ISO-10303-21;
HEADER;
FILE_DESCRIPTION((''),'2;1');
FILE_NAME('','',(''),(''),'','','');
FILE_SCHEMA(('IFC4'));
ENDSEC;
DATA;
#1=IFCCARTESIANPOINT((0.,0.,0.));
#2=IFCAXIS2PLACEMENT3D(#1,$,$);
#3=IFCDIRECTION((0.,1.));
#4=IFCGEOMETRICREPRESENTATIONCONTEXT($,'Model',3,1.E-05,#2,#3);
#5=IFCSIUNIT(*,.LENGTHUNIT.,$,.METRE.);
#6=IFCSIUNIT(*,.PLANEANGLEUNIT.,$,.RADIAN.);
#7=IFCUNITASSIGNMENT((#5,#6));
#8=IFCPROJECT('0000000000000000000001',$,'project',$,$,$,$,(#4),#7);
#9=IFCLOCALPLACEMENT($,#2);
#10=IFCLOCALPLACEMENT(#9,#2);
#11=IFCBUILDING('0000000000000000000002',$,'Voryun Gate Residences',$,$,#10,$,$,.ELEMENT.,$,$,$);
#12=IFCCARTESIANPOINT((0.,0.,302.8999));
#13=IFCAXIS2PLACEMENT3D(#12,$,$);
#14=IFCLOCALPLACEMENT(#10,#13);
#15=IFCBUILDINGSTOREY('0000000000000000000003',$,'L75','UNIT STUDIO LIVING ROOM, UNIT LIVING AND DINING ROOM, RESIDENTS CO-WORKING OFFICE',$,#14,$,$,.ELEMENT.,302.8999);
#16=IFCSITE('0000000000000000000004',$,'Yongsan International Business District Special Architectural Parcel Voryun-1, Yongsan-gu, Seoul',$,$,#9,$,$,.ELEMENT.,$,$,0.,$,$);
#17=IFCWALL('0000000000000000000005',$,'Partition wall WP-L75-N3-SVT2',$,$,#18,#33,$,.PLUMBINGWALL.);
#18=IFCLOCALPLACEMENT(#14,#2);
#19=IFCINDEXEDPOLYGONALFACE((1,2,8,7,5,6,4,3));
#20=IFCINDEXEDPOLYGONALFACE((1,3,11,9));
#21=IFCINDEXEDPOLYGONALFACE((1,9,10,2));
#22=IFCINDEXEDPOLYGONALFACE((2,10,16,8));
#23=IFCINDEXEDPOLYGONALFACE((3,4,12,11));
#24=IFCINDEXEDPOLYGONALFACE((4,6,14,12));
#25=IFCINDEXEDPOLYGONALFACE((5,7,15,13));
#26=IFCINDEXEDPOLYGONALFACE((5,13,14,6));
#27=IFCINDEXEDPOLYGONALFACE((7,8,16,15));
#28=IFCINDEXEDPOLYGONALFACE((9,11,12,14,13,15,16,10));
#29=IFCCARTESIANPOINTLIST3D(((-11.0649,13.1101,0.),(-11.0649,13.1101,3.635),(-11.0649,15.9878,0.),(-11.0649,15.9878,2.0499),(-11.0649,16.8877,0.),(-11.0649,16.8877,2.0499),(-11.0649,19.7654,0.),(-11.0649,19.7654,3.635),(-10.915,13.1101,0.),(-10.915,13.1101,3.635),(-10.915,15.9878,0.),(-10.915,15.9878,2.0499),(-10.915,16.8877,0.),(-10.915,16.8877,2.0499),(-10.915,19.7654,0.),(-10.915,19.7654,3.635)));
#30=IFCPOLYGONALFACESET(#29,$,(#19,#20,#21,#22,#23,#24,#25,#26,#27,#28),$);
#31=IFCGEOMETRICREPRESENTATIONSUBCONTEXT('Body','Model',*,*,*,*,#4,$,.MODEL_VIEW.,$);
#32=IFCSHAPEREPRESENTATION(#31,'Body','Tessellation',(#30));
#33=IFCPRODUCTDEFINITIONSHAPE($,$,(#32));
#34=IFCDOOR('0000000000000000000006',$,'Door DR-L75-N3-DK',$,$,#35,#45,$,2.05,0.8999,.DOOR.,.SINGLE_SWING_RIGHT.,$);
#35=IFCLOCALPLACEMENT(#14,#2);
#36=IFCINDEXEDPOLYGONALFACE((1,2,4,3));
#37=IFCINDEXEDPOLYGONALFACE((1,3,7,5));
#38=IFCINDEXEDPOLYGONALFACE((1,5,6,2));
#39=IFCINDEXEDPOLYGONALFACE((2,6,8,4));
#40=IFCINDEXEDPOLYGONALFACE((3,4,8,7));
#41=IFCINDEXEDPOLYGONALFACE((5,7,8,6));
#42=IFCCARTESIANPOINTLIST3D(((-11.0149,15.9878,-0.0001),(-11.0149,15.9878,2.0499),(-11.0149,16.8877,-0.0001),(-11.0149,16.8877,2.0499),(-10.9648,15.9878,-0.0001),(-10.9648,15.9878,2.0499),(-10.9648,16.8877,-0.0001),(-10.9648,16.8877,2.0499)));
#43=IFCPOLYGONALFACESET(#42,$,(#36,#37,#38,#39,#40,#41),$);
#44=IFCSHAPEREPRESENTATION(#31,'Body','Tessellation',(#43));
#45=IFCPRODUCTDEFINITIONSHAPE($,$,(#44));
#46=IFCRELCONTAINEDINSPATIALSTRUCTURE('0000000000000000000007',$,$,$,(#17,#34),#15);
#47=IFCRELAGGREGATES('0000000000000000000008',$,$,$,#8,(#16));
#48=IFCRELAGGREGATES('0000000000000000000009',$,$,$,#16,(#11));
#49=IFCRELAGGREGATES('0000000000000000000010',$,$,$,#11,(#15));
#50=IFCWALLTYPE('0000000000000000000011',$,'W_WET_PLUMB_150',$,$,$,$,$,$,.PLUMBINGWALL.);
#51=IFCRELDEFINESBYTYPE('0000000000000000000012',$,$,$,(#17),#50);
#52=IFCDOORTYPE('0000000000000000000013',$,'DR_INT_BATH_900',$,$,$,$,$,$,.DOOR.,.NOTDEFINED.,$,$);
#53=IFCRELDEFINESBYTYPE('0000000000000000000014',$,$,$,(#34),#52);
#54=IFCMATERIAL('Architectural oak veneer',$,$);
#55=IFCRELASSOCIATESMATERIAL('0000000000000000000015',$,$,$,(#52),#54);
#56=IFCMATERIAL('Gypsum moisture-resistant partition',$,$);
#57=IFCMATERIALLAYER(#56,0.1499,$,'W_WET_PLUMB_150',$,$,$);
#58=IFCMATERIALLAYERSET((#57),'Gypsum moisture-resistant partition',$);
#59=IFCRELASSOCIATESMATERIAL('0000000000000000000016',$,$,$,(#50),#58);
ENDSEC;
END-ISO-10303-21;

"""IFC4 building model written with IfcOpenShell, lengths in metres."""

from ifc_helpers import new_model, si_unit, direction, frame, frame_2d, origin, place, context, subcontext, project, spatial, rectangle, extrude, material, layer, layer_set, type_object, element, fill, save


model = new_model("IFC4")

# Units and contexts
model_context = context("Model", 3, precision=1e-05, world=origin(), true_north=direction((0.0, 1.0)))
body_context = subcontext(model_context, "Body", "Model", "MODEL_VIEW")
ifc_project = project(units=[si_unit("LENGTHUNIT", "METRE"), si_unit("PLANEANGLEUNIT", "RADIAN")], contexts=[model_context])

# Site, building, storey
site_placement = place(None, origin())
site = spatial("IfcSite", under=ifc_project, at=site_placement, Name="Yongsan International Business District Special Architectural Parcel Voryun-1, Yongsan-gu, Seoul", CompositionType="ELEMENT", RefElevation=0.0)
building_placement = place(site_placement, origin())
building = spatial("IfcBuilding", under=site, at=building_placement, Name="Voryun Gate Residences", CompositionType="ELEMENT")
storey_placement = place(building_placement, frame((0.0, 0.0, 302.8999)))
storey = spatial("IfcBuildingStorey", under=building, at=storey_placement, Name="L75", Description="UNIT STUDIO LIVING ROOM, UNIT LIVING AND DINING ROOM, RESIDENTS CO-WORKING OFFICE", CompositionType="ELEMENT", Elevation=302.8999)

# Shared definitions
ifc_material_1 = material(Name="Architectural oak veneer")
door_type_1 = type_object("IfcDoorType", Name="DR_INT_BATH_900", OperationType="NOTDEFINED", PredefinedType="DOOR", material=ifc_material_1)

# Shared definitions
ifc_material_2 = material(Name="Gypsum moisture-resistant partition")
ifc_layer_1 = layer(ifc_material_2, 0.1499, Name="W_WET_PLUMB_150")
ifc_layer_set_1 = layer_set([ifc_layer_1], Name="Gypsum moisture-resistant partition")
wall_type_1 = type_object("IfcWallType", Name="W_WET_PLUMB_150", PredefinedType="PLUMBINGWALL", material=ifc_layer_set_1)

# Wall, opening, door
wall_1_placement = place(storey_placement, frame((-10.99, 13.1101, 0.0), z_axis=(0.0, 0.0, 1.0), x_axis=(0.0, 1.0, 0.0)))
wall_1 = element("IfcWall", 1, at=wall_1_placement, inside=storey, type_object=wall_type_1, Name="Partition wall WP-L75-N3-SVT2", PredefinedType="PLUMBINGWALL", context=body_context, shape_type="SweptSolid", body=[
    extrude(rectangle(XDim=6.6553, YDim=0.1499, at=frame_2d((3.3276, 0.0))), origin(), (0.0, 0.0, 1.0), 3.635),
])
opening_1_placement = place(wall_1_placement, frame((2.8777, 0.0, 0.0)))
opening_1 = element("IfcOpeningElement", 2, at=opening_1_placement, cuts=wall_1, PredefinedType="OPENING", context=body_context, shape_type="SweptSolid", body=[
    extrude(rectangle(XDim=0.8999, YDim=2.05, at=frame_2d((0.45, 1.0249))), frame((0.0, 0.085, 0.0), z_axis=(0.0, -1.0, 0.0), x_axis=(1.0, 0.0, 0.0)), (0.0, 0.0, 1.0), 0.1699),
])
door_1_placement = place(opening_1_placement, origin())
door_1 = element("IfcDoor", 3, at=door_1_placement, inside=storey, type_object=door_type_1, Name="Door DR-L75-N3-DK", OperationType="SINGLE_SWING_RIGHT", OverallHeight=2.05, OverallWidth=0.8999, PredefinedType="DOOR", context=body_context, shape_type="SweptSolid", body=[
    extrude(rectangle(XDim=0.8999, YDim=2.05, at=frame_2d((0.45, 1.0249))), frame((0.0, 0.0249, 0.0), z_axis=(0.0, -1.0, 0.0), x_axis=(1.0, 0.0, 0.0)), (0.0, 0.0, 1.0), 0.05),
])
fill(opening_1, door_1)

save(model, "model.ifc")
